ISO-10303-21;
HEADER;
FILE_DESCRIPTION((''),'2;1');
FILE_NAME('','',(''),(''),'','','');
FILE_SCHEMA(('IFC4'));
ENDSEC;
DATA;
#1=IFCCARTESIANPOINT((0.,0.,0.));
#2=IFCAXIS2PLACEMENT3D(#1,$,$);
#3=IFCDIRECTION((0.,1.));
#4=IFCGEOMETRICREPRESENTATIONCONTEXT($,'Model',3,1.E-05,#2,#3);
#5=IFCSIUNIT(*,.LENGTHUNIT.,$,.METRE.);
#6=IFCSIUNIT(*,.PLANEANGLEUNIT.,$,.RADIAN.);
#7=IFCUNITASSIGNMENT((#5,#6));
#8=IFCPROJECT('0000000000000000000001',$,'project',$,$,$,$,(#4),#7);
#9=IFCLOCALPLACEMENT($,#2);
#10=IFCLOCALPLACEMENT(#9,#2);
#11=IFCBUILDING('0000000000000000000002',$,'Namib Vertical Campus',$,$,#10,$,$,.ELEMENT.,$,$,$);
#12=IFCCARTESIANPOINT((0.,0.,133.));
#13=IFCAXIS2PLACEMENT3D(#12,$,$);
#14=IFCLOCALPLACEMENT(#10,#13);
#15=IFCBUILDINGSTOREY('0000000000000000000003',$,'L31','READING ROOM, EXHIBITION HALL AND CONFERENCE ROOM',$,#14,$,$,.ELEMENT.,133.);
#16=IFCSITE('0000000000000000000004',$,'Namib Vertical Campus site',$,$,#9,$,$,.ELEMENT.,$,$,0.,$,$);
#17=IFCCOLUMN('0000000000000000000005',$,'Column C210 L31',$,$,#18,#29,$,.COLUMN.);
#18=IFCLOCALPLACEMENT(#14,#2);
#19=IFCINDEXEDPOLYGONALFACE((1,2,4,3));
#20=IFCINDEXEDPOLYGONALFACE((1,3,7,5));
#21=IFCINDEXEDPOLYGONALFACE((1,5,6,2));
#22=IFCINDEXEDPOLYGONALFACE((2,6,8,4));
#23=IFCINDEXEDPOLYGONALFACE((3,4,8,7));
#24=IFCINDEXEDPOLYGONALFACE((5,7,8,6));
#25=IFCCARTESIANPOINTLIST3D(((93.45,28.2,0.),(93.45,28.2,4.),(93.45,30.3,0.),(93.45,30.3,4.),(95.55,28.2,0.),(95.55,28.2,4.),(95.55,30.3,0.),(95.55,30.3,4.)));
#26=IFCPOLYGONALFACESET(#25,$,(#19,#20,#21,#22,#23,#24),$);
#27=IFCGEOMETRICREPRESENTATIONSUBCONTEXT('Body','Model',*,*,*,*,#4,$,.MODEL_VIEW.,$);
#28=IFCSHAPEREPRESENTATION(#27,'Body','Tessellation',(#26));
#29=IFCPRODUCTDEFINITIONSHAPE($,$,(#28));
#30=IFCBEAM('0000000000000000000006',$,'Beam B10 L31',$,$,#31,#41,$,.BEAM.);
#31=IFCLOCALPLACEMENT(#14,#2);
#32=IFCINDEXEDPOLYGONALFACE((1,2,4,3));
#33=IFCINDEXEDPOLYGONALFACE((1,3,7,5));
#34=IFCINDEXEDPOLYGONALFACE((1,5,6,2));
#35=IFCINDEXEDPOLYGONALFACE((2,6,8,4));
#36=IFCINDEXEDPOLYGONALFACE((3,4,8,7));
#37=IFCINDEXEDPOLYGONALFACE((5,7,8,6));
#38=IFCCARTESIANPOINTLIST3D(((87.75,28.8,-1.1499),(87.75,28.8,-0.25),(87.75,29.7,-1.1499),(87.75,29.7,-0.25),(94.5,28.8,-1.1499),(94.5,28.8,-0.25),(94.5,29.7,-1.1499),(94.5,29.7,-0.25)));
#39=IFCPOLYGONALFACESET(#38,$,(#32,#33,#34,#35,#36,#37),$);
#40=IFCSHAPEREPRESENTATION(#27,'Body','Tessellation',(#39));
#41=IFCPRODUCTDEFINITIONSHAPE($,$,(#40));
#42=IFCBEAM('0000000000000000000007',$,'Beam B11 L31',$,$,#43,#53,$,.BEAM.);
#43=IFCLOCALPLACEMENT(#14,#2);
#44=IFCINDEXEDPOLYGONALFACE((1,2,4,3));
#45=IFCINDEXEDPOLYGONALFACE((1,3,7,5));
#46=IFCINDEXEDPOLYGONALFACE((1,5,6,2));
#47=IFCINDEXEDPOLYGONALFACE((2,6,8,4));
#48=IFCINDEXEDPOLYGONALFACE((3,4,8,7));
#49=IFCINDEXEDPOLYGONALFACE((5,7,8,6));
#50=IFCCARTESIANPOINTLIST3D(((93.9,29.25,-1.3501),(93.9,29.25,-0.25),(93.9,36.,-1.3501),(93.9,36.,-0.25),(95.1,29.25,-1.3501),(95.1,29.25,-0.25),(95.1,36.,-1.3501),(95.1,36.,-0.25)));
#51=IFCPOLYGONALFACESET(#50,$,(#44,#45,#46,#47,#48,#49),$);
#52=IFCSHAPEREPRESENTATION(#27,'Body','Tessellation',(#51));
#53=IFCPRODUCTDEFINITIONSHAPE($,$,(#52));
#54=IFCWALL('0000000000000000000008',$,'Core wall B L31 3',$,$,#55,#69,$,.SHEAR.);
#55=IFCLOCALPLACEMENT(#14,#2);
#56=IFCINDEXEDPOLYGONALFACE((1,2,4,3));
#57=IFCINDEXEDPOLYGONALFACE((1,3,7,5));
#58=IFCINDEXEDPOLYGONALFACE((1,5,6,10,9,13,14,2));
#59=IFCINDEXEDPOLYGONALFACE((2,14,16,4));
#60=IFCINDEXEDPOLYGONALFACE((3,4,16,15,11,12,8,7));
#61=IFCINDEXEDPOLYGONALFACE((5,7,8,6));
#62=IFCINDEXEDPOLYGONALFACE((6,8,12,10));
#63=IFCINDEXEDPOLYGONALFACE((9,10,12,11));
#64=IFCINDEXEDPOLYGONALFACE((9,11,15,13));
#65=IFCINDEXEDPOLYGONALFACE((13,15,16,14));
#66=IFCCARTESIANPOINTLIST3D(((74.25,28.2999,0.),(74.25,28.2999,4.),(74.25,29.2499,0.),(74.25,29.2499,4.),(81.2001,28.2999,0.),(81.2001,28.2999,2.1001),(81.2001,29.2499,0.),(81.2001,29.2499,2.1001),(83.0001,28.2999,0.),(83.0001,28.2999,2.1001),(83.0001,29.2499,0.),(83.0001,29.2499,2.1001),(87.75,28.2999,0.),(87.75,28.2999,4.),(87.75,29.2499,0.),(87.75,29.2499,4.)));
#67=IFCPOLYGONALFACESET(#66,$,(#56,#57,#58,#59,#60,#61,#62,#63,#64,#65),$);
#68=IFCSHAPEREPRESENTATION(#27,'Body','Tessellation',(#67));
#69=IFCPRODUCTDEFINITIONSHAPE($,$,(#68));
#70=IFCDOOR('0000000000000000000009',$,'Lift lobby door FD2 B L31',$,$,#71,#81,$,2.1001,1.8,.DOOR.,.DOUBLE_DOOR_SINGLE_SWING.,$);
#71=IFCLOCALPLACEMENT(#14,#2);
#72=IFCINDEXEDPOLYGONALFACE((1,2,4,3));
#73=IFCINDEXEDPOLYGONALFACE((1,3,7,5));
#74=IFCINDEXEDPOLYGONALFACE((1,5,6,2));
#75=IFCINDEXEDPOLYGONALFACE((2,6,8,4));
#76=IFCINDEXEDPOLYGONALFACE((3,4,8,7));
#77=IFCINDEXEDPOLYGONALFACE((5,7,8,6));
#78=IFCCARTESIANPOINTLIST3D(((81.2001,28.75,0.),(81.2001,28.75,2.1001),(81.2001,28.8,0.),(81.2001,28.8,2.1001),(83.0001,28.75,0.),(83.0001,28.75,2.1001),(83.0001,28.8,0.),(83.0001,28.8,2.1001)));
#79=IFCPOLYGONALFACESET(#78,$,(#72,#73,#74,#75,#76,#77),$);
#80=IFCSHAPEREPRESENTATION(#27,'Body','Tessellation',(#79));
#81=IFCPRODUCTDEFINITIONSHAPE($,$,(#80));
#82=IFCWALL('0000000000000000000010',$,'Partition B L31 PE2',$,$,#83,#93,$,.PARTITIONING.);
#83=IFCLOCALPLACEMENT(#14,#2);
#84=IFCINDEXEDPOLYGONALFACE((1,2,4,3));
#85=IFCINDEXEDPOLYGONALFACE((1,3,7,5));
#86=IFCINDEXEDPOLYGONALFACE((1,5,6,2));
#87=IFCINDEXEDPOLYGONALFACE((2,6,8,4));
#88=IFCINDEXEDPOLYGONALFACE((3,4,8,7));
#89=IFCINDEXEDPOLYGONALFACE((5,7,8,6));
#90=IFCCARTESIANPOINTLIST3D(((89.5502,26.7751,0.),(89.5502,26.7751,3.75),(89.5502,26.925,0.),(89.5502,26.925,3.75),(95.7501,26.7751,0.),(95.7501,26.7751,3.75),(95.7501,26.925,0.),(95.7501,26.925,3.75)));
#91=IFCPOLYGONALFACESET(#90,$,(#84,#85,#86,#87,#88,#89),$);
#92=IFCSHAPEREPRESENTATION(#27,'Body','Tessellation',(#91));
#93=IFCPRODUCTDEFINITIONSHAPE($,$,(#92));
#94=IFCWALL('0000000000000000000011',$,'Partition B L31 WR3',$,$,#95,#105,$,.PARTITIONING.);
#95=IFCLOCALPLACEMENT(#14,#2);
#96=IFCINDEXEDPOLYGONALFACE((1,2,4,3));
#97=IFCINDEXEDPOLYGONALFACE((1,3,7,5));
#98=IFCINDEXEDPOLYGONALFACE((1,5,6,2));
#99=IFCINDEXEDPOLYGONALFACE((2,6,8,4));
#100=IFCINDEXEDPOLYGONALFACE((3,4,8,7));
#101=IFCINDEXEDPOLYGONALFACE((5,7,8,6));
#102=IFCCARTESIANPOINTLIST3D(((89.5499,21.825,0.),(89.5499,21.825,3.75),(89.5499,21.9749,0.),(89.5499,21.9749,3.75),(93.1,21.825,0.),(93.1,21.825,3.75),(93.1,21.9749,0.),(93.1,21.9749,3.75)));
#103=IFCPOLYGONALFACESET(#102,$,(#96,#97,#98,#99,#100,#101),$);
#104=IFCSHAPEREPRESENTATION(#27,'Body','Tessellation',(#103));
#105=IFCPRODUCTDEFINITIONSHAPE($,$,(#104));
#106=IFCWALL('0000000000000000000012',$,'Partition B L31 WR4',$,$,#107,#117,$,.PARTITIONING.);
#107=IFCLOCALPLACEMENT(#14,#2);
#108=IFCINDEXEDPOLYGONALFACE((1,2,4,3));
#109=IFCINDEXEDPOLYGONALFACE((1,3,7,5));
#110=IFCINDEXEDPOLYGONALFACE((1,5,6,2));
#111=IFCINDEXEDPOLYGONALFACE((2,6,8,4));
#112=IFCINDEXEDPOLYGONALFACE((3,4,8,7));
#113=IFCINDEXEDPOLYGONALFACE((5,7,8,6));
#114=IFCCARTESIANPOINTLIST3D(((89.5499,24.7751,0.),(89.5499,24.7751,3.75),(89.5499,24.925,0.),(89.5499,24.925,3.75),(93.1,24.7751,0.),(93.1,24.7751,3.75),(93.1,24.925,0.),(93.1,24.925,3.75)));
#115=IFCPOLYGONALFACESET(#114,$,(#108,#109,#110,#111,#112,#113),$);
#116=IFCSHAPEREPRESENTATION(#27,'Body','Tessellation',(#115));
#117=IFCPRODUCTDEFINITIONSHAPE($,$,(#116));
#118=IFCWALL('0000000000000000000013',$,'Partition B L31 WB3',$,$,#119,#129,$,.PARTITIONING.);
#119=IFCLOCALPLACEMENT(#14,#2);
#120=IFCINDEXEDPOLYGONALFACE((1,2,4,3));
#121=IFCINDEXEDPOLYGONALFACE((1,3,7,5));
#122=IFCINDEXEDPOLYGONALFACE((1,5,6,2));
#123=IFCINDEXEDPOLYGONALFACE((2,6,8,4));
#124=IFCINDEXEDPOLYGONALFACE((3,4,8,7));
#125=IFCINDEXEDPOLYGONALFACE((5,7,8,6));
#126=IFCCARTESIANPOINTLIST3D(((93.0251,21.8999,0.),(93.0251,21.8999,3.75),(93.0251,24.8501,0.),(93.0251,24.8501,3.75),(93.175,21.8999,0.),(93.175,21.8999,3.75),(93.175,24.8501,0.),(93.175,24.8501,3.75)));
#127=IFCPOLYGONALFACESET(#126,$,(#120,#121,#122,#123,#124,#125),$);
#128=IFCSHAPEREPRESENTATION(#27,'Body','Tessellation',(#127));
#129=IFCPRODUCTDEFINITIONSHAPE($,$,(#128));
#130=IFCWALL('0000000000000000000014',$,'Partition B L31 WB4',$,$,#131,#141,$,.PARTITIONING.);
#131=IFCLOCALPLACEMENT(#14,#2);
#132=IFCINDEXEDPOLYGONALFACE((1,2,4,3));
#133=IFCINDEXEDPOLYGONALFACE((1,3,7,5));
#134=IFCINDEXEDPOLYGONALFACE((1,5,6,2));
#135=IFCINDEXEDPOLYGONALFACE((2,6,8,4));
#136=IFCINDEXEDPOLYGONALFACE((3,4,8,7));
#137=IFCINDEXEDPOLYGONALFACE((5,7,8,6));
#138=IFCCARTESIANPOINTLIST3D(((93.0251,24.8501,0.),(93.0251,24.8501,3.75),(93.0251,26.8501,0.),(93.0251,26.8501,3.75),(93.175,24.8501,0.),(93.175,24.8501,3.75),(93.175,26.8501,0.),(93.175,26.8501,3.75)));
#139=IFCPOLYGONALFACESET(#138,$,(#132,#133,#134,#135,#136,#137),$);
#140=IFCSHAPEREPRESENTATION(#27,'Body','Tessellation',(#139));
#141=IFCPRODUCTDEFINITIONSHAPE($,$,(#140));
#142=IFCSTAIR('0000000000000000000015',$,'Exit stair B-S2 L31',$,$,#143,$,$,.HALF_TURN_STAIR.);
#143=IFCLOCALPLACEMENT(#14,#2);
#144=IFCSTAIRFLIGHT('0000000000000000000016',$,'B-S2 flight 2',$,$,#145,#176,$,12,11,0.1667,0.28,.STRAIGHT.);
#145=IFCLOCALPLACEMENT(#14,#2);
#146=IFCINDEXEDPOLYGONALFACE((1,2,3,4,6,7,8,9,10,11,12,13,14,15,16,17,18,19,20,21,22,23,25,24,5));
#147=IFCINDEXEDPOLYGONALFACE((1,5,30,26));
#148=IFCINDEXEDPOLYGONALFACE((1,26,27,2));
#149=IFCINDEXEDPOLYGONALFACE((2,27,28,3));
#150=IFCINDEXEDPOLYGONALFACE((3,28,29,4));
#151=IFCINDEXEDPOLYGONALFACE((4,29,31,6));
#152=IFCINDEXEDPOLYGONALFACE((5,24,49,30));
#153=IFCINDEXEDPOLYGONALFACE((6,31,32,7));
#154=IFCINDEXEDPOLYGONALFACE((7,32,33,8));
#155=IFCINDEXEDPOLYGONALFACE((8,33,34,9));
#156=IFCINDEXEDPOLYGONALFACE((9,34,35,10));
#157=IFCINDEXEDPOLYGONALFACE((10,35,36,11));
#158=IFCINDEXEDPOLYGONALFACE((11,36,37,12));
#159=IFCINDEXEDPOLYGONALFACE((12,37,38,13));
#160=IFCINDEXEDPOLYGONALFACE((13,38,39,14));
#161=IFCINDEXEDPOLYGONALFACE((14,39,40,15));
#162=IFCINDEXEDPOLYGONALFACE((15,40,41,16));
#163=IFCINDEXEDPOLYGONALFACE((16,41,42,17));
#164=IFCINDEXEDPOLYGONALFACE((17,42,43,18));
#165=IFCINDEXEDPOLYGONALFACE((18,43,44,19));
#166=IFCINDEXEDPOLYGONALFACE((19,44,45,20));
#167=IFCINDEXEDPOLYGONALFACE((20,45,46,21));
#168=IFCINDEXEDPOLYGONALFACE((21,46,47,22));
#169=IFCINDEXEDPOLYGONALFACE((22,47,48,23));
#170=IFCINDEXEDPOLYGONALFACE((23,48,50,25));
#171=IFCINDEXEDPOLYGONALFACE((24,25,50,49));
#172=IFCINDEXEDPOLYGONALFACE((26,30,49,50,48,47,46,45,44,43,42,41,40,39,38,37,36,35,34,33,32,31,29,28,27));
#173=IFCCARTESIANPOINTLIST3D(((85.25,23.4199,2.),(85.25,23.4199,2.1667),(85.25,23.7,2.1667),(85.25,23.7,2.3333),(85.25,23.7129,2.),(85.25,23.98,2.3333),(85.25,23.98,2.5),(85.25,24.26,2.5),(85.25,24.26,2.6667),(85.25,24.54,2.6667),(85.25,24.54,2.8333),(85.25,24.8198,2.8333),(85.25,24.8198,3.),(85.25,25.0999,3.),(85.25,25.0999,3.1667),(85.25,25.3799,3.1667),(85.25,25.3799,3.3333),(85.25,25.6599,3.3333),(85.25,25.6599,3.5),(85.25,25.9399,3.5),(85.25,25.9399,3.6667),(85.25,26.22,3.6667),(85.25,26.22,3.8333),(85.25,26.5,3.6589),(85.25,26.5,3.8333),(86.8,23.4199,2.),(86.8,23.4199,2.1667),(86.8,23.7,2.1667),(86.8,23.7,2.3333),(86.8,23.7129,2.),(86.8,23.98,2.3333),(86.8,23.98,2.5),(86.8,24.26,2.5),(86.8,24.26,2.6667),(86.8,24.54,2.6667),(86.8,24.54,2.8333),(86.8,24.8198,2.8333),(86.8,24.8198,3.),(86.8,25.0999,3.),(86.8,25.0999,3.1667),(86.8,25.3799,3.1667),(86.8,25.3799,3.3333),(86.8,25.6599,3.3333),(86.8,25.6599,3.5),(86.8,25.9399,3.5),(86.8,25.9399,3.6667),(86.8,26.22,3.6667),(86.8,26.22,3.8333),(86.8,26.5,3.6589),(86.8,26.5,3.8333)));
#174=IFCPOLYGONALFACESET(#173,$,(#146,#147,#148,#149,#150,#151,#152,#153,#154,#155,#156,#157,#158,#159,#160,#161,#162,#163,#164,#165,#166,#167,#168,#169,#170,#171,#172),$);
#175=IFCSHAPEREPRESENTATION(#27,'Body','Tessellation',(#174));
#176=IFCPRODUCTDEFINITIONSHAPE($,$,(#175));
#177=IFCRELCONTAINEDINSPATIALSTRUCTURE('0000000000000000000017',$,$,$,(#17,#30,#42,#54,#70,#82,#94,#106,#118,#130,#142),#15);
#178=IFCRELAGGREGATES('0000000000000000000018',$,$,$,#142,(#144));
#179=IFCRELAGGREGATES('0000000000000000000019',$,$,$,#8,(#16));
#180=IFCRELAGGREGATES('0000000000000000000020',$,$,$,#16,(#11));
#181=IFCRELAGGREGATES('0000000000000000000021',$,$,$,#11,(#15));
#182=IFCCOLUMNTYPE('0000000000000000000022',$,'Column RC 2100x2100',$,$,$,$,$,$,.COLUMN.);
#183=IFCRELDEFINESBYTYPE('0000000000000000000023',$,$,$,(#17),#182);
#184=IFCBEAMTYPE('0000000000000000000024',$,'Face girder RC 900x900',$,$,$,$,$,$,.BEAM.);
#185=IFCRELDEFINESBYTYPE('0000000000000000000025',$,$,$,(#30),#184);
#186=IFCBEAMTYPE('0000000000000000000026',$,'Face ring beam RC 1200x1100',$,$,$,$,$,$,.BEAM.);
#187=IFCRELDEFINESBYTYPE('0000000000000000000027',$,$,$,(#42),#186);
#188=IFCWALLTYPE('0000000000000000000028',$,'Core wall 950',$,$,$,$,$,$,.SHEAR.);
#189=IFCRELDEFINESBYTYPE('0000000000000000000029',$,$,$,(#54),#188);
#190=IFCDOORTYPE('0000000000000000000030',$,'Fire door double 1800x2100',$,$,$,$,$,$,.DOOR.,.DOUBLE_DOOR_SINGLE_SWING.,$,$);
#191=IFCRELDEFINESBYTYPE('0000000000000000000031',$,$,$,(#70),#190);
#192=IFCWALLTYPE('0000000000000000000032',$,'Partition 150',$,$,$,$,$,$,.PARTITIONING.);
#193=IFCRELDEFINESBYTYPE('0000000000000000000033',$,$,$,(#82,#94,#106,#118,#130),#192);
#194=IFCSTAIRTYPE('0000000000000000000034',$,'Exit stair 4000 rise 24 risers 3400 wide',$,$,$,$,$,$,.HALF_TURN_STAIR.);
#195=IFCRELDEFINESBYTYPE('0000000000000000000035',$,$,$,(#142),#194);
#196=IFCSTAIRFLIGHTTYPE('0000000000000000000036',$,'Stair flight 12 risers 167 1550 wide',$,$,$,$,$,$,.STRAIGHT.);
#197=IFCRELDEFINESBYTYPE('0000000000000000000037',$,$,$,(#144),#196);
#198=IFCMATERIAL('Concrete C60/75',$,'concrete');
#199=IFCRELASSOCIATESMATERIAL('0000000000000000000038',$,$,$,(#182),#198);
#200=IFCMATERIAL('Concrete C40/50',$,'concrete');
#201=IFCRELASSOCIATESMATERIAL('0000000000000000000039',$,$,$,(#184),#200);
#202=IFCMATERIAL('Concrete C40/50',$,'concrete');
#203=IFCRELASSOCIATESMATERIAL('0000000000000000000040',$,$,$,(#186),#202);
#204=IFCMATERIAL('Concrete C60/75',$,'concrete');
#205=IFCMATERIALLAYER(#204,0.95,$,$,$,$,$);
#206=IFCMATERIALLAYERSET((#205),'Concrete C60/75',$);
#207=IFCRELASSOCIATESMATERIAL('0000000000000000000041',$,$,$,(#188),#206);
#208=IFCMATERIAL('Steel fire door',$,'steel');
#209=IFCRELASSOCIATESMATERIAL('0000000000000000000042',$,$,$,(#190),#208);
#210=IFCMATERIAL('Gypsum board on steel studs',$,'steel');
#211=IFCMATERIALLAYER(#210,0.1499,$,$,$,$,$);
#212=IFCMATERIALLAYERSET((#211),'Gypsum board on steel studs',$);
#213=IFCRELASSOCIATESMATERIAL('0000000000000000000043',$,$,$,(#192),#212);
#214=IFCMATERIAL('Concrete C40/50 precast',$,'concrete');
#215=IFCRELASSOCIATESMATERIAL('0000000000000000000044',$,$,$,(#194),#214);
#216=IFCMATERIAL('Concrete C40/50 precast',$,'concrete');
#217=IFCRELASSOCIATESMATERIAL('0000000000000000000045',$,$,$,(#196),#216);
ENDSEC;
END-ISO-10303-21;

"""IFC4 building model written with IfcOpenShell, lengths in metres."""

from ifc_helpers import new_model, si_unit, direction, frame, frame_2d, origin, origin_2d, place, context, subcontext, project, spatial, polyline, rectangle, outline, extrude, material, layer, layer_set, material_profile, profile_set, type_object, element, fill, aggregate, save


model = new_model("IFC4")

# Units and contexts
model_context = context("Model", 3, precision=1e-05, world=origin(), true_north=direction((0.0, 1.0)))
body_context = subcontext(model_context, "Body", "Model", "MODEL_VIEW")
ifc_project = project(units=[si_unit("LENGTHUNIT", "METRE"), si_unit("PLANEANGLEUNIT", "RADIAN")], contexts=[model_context])

# Site, building, storey
site_placement = place(None, origin())
site = spatial("IfcSite", under=ifc_project, at=site_placement, Name="Namib Vertical Campus site", CompositionType="ELEMENT", RefElevation=0.0)
building_placement = place(site_placement, origin())
building = spatial("IfcBuilding", under=site, at=building_placement, Name="Namib Vertical Campus", CompositionType="ELEMENT")
storey_placement = place(building_placement, frame((0.0, 0.0, 133.0)))
storey = spatial("IfcBuildingStorey", under=building, at=storey_placement, Name="L31", Description="READING ROOM, EXHIBITION HALL AND CONFERENCE ROOM", CompositionType="ELEMENT", Elevation=133.0)

# Column
ifc_material_1 = material(Name="Concrete C60/75", Category="concrete")
ifc_material_profile_1 = material_profile(ifc_material_1, rectangle(XDim=2.1001, YDim=2.1001, at=origin_2d()))
ifc_profile_set_1 = profile_set([ifc_material_profile_1], Name="Concrete C60/75")
column_type = type_object("IfcColumnType", Name="Column RC 2100x2100", PredefinedType="COLUMN", material=ifc_profile_set_1)
column_placement = place(storey_placement, frame((94.5, 29.25, 0.0), z_axis=(0.0, 0.0, 1.0), x_axis=(1.0, 0.0, 0.0)))
element("IfcColumn", 1, at=column_placement, inside=storey, type_object=column_type, Name="Column C210 L31", PredefinedType="COLUMN", context=body_context, shape_type="SweptSolid", body=[
    extrude(rectangle(XDim=2.1001, YDim=2.1001, at=origin_2d()), origin(), (0.0, 0.0, 1.0), 4.0),
])

# Beams
ifc_material_2 = material(Name="Concrete C40/50", Category="concrete")
ifc_material_profile_2 = material_profile(ifc_material_2, rectangle(XDim=0.8999, YDim=0.8999, at=origin_2d()))
ifc_profile_set_2 = profile_set([ifc_material_profile_2], Name="Concrete C40/50")
beam_type_1 = type_object("IfcBeamType", Name="Face girder RC 900x900", PredefinedType="BEAM", material=ifc_profile_set_2)
beam_1_placement = place(storey_placement, frame((94.5, 29.25, -0.7), z_axis=(-1.0, 0.0, 0.0), x_axis=(0.0, -1.0, 0.0)))
element("IfcBeam", 2, at=beam_1_placement, inside=storey, type_object=beam_type_1, Name="Beam B10 L31", PredefinedType="BEAM", context=body_context, shape_type="SweptSolid", body=[
    extrude(rectangle(XDim=0.8999, YDim=0.8999, at=origin_2d()), origin(), (0.0, 0.0, 1.0), 6.75),
])
ifc_material_3 = material(Name="Concrete C40/50", Category="concrete")
ifc_material_profile_3 = material_profile(ifc_material_3, rectangle(XDim=1.2, YDim=1.1001, at=origin_2d()))
ifc_profile_set_3 = profile_set([ifc_material_profile_3], Name="Concrete C40/50")
beam_type_2 = type_object("IfcBeamType", Name="Face ring beam RC 1200x1100", PredefinedType="BEAM", material=ifc_profile_set_3)
beam_2_placement = place(storey_placement, frame((94.5, 29.25, -0.8), z_axis=(0.0, 1.0, 0.0), x_axis=(-1.0, 0.0, 0.0)))
element("IfcBeam", 3, at=beam_2_placement, inside=storey, type_object=beam_type_2, Name="Beam B11 L31", PredefinedType="BEAM", context=body_context, shape_type="SweptSolid", body=[
    extrude(rectangle(XDim=1.2, YDim=1.1001, at=origin_2d()), origin(), (0.0, 0.0, 1.0), 6.75),
])

# Wall, opening, door
ifc_material_4 = material(Name="Concrete C60/75", Category="concrete")
ifc_layer_1 = layer(ifc_material_4, 0.95)
ifc_layer_set_1 = layer_set([ifc_layer_1], Name="Concrete C60/75")
wall_type_1 = type_object("IfcWallType", Name="Core wall 950", PredefinedType="SHEAR", material=ifc_layer_set_1)
wall_1_placement = place(storey_placement, frame((87.75, 28.7749, 0.0), z_axis=(0.0, 0.0, 1.0), x_axis=(-1.0, 0.0, 0.0)))
wall_1 = element("IfcWall", 4, at=wall_1_placement, inside=storey, type_object=wall_type_1, Name="Core wall B L31 3", PredefinedType="SHEAR", context=body_context, shape_type="SweptSolid", body=[
    extrude(rectangle(XDim=13.5, YDim=0.95, at=frame_2d((6.75, 0.0))), origin(), (0.0, 0.0, 1.0), 4.0),
])
opening_placement = place(wall_1_placement, frame((4.75, 0.0, 0.0)))
opening = element("IfcOpeningElement", 5, at=opening_placement, cuts=wall_1, PredefinedType="OPENING", context=body_context, shape_type="SweptSolid", body=[
    extrude(rectangle(XDim=1.8, YDim=2.1001, at=frame_2d((0.8999, 1.05))), frame((0.0, 0.4849, 0.0), z_axis=(0.0, -1.0, 0.0), x_axis=(1.0, 0.0, 0.0)), (0.0, 0.0, 1.0), 0.97),
])
ifc_material_5 = material(Name="Steel fire door", Category="steel")
door_type = type_object("IfcDoorType", Name="Fire door double 1800x2100", OperationType="DOUBLE_DOOR_SINGLE_SWING", PredefinedType="DOOR", material=ifc_material_5)
door_placement = place(opening_placement, origin())
door = element("IfcDoor", 6, at=door_placement, inside=storey, type_object=door_type, Name="Lift lobby door FD2 B L31", OperationType="DOUBLE_DOOR_SINGLE_SWING", OverallHeight=2.1001, OverallWidth=1.8, PredefinedType="DOOR", context=body_context, shape_type="SweptSolid", body=[
    extrude(rectangle(XDim=1.8, YDim=2.1001, at=frame_2d((0.8999, 1.05))), frame((0.0, 0.0249, 0.0), z_axis=(0.0, -1.0, 0.0), x_axis=(1.0, 0.0, 0.0)), (0.0, 0.0, 1.0), 0.05),
])
fill(opening, door)

# Walls
ifc_material_6 = material(Name="Gypsum board on steel studs", Category="steel")
ifc_layer_2 = layer(ifc_material_6, 0.1499)
ifc_layer_set_2 = layer_set([ifc_layer_2], Name="Gypsum board on steel studs")
wall_type_2 = type_object("IfcWallType", Name="Partition 150", PredefinedType="PARTITIONING", material=ifc_layer_set_2)
wall_2_placement = place(storey_placement, frame((89.55, 26.8501, 0.0), z_axis=(0.0, 0.0, 1.0), x_axis=(1.0, 0.0, 0.0)))
element("IfcWall", 7, at=wall_2_placement, inside=storey, type_object=wall_type_2, Name="Partition B L31 PE2", PredefinedType="PARTITIONING", context=body_context, shape_type="SweptSolid", body=[
    extrude(rectangle(XDim=6.2, YDim=0.1499, at=frame_2d((3.1001, 0.0))), origin(), (0.0, 0.0, 1.0), 3.75),
])
for number, where, z_axis, x_axis, name in (
    (8, (89.55, 21.8999, 0.0), (0.0, 0.0, 1.0), (1.0, 0.0, 0.0), "Partition B L31 WR3"),
    (9, (89.55, 24.8501, 0.0), (0.0, 0.0, 1.0), (1.0, 0.0, 0.0), "Partition B L31 WR4"),
):
    element("IfcWall", number, at=place(storey_placement, frame(where, z_axis=z_axis, x_axis=x_axis)), inside=storey, type_object=wall_type_2, Name=name, PredefinedType="PARTITIONING", context=body_context, shape_type="SweptSolid", body=[
        extrude(rectangle(XDim=3.55, YDim=0.1499, at=frame_2d((1.7749, 0.0))), origin(), (0.0, 0.0, 1.0), 3.75),
    ])
wall_3_placement = place(storey_placement, frame((93.1001, 21.8999, 0.0), z_axis=(0.0, 0.0, 1.0), x_axis=(0.0, 1.0, 0.0)))
element("IfcWall", 10, at=wall_3_placement, inside=storey, type_object=wall_type_2, Name="Partition B L31 WB3", PredefinedType="PARTITIONING", context=body_context, shape_type="SweptSolid", body=[
    extrude(rectangle(XDim=2.9502, YDim=0.1499, at=frame_2d((1.4751, 0.0))), origin(), (0.0, 0.0, 1.0), 3.75),
])
wall_4_placement = place(storey_placement, frame((93.1001, 24.8501, 0.0), z_axis=(0.0, 0.0, 1.0), x_axis=(0.0, 1.0, 0.0)))
element("IfcWall", 11, at=wall_4_placement, inside=storey, type_object=wall_type_2, Name="Partition B L31 WB4", PredefinedType="PARTITIONING", context=body_context, shape_type="SweptSolid", body=[
    extrude(rectangle(XDim=2.0, YDim=0.1499, at=frame_2d((1.0, 0.0))), origin(), (0.0, 0.0, 1.0), 3.75),
])

# Stair, stair flight
ifc_material_7 = material(Name="Concrete C40/50 precast", Category="concrete")
stair_type = type_object("IfcStairType", Name="Exit stair 4000 rise 24 risers 3400 wide", PredefinedType="HALF_TURN_STAIR", material=ifc_material_7)
stair_placement = place(storey_placement, origin())
stair = element("IfcStair", 12, at=stair_placement, inside=storey, type_object=stair_type, Name="Exit stair B-S2 L31", PredefinedType="HALF_TURN_STAIR")
ifc_material_8 = material(Name="Concrete C40/50 precast", Category="concrete")
stair_flight_type = type_object("IfcStairFlightType", Name="Stair flight 12 risers 167 1550 wide", PredefinedType="STRAIGHT", material=ifc_material_8)
stair_flight_placement = place(storey_placement, frame((86.0249, 23.4199, 2.0), z_axis=(0.0, 0.0, 1.0), x_axis=(0.0, 1.0, 0.0)))
stair_flight = element("IfcStairFlight", 13, at=stair_flight_placement, type_object=stair_flight_type, Name="B-S2 flight 2", NumberOfRisers=12, NumberOfTreads=11, PredefinedType="STRAIGHT", RiserHeight=0.1667, TreadLength=0.28, context=body_context, shape_type="SweptSolid", body=[
    extrude(outline(polyline([(0.0, 0.0), (0.0, 0.1667), (0.28, 0.1667), (0.28, 0.3333), (0.5601, 0.3333), (0.5601, 0.5), (0.8401, 0.5), (0.8401, 0.6667), (1.1201, 0.6667), (1.1201, 0.8333), (1.3999, 0.8333), (1.3999, 1.0), (1.6799, 1.0), (1.6799, 1.1667), (1.96, 1.1667), (1.96, 1.3333), (2.24, 1.3333), (2.24, 1.5), (2.52, 1.5), (2.52, 1.6667), (2.8, 1.6667), (2.8, 1.8333), (3.0801, 1.8333), (3.0801, 2.0), (3.0801, 1.6589), (0.293, 0.0), (0.0, 0.0)])), frame((0.0, 0.7749, 0.0), z_axis=(0.0, -1.0, 0.0), x_axis=(1.0, 0.0, 0.0)), (0.0, 0.0, 1.0), 1.55),
])
aggregate(stair, [stair_flight])

save(model, "model.ifc")
